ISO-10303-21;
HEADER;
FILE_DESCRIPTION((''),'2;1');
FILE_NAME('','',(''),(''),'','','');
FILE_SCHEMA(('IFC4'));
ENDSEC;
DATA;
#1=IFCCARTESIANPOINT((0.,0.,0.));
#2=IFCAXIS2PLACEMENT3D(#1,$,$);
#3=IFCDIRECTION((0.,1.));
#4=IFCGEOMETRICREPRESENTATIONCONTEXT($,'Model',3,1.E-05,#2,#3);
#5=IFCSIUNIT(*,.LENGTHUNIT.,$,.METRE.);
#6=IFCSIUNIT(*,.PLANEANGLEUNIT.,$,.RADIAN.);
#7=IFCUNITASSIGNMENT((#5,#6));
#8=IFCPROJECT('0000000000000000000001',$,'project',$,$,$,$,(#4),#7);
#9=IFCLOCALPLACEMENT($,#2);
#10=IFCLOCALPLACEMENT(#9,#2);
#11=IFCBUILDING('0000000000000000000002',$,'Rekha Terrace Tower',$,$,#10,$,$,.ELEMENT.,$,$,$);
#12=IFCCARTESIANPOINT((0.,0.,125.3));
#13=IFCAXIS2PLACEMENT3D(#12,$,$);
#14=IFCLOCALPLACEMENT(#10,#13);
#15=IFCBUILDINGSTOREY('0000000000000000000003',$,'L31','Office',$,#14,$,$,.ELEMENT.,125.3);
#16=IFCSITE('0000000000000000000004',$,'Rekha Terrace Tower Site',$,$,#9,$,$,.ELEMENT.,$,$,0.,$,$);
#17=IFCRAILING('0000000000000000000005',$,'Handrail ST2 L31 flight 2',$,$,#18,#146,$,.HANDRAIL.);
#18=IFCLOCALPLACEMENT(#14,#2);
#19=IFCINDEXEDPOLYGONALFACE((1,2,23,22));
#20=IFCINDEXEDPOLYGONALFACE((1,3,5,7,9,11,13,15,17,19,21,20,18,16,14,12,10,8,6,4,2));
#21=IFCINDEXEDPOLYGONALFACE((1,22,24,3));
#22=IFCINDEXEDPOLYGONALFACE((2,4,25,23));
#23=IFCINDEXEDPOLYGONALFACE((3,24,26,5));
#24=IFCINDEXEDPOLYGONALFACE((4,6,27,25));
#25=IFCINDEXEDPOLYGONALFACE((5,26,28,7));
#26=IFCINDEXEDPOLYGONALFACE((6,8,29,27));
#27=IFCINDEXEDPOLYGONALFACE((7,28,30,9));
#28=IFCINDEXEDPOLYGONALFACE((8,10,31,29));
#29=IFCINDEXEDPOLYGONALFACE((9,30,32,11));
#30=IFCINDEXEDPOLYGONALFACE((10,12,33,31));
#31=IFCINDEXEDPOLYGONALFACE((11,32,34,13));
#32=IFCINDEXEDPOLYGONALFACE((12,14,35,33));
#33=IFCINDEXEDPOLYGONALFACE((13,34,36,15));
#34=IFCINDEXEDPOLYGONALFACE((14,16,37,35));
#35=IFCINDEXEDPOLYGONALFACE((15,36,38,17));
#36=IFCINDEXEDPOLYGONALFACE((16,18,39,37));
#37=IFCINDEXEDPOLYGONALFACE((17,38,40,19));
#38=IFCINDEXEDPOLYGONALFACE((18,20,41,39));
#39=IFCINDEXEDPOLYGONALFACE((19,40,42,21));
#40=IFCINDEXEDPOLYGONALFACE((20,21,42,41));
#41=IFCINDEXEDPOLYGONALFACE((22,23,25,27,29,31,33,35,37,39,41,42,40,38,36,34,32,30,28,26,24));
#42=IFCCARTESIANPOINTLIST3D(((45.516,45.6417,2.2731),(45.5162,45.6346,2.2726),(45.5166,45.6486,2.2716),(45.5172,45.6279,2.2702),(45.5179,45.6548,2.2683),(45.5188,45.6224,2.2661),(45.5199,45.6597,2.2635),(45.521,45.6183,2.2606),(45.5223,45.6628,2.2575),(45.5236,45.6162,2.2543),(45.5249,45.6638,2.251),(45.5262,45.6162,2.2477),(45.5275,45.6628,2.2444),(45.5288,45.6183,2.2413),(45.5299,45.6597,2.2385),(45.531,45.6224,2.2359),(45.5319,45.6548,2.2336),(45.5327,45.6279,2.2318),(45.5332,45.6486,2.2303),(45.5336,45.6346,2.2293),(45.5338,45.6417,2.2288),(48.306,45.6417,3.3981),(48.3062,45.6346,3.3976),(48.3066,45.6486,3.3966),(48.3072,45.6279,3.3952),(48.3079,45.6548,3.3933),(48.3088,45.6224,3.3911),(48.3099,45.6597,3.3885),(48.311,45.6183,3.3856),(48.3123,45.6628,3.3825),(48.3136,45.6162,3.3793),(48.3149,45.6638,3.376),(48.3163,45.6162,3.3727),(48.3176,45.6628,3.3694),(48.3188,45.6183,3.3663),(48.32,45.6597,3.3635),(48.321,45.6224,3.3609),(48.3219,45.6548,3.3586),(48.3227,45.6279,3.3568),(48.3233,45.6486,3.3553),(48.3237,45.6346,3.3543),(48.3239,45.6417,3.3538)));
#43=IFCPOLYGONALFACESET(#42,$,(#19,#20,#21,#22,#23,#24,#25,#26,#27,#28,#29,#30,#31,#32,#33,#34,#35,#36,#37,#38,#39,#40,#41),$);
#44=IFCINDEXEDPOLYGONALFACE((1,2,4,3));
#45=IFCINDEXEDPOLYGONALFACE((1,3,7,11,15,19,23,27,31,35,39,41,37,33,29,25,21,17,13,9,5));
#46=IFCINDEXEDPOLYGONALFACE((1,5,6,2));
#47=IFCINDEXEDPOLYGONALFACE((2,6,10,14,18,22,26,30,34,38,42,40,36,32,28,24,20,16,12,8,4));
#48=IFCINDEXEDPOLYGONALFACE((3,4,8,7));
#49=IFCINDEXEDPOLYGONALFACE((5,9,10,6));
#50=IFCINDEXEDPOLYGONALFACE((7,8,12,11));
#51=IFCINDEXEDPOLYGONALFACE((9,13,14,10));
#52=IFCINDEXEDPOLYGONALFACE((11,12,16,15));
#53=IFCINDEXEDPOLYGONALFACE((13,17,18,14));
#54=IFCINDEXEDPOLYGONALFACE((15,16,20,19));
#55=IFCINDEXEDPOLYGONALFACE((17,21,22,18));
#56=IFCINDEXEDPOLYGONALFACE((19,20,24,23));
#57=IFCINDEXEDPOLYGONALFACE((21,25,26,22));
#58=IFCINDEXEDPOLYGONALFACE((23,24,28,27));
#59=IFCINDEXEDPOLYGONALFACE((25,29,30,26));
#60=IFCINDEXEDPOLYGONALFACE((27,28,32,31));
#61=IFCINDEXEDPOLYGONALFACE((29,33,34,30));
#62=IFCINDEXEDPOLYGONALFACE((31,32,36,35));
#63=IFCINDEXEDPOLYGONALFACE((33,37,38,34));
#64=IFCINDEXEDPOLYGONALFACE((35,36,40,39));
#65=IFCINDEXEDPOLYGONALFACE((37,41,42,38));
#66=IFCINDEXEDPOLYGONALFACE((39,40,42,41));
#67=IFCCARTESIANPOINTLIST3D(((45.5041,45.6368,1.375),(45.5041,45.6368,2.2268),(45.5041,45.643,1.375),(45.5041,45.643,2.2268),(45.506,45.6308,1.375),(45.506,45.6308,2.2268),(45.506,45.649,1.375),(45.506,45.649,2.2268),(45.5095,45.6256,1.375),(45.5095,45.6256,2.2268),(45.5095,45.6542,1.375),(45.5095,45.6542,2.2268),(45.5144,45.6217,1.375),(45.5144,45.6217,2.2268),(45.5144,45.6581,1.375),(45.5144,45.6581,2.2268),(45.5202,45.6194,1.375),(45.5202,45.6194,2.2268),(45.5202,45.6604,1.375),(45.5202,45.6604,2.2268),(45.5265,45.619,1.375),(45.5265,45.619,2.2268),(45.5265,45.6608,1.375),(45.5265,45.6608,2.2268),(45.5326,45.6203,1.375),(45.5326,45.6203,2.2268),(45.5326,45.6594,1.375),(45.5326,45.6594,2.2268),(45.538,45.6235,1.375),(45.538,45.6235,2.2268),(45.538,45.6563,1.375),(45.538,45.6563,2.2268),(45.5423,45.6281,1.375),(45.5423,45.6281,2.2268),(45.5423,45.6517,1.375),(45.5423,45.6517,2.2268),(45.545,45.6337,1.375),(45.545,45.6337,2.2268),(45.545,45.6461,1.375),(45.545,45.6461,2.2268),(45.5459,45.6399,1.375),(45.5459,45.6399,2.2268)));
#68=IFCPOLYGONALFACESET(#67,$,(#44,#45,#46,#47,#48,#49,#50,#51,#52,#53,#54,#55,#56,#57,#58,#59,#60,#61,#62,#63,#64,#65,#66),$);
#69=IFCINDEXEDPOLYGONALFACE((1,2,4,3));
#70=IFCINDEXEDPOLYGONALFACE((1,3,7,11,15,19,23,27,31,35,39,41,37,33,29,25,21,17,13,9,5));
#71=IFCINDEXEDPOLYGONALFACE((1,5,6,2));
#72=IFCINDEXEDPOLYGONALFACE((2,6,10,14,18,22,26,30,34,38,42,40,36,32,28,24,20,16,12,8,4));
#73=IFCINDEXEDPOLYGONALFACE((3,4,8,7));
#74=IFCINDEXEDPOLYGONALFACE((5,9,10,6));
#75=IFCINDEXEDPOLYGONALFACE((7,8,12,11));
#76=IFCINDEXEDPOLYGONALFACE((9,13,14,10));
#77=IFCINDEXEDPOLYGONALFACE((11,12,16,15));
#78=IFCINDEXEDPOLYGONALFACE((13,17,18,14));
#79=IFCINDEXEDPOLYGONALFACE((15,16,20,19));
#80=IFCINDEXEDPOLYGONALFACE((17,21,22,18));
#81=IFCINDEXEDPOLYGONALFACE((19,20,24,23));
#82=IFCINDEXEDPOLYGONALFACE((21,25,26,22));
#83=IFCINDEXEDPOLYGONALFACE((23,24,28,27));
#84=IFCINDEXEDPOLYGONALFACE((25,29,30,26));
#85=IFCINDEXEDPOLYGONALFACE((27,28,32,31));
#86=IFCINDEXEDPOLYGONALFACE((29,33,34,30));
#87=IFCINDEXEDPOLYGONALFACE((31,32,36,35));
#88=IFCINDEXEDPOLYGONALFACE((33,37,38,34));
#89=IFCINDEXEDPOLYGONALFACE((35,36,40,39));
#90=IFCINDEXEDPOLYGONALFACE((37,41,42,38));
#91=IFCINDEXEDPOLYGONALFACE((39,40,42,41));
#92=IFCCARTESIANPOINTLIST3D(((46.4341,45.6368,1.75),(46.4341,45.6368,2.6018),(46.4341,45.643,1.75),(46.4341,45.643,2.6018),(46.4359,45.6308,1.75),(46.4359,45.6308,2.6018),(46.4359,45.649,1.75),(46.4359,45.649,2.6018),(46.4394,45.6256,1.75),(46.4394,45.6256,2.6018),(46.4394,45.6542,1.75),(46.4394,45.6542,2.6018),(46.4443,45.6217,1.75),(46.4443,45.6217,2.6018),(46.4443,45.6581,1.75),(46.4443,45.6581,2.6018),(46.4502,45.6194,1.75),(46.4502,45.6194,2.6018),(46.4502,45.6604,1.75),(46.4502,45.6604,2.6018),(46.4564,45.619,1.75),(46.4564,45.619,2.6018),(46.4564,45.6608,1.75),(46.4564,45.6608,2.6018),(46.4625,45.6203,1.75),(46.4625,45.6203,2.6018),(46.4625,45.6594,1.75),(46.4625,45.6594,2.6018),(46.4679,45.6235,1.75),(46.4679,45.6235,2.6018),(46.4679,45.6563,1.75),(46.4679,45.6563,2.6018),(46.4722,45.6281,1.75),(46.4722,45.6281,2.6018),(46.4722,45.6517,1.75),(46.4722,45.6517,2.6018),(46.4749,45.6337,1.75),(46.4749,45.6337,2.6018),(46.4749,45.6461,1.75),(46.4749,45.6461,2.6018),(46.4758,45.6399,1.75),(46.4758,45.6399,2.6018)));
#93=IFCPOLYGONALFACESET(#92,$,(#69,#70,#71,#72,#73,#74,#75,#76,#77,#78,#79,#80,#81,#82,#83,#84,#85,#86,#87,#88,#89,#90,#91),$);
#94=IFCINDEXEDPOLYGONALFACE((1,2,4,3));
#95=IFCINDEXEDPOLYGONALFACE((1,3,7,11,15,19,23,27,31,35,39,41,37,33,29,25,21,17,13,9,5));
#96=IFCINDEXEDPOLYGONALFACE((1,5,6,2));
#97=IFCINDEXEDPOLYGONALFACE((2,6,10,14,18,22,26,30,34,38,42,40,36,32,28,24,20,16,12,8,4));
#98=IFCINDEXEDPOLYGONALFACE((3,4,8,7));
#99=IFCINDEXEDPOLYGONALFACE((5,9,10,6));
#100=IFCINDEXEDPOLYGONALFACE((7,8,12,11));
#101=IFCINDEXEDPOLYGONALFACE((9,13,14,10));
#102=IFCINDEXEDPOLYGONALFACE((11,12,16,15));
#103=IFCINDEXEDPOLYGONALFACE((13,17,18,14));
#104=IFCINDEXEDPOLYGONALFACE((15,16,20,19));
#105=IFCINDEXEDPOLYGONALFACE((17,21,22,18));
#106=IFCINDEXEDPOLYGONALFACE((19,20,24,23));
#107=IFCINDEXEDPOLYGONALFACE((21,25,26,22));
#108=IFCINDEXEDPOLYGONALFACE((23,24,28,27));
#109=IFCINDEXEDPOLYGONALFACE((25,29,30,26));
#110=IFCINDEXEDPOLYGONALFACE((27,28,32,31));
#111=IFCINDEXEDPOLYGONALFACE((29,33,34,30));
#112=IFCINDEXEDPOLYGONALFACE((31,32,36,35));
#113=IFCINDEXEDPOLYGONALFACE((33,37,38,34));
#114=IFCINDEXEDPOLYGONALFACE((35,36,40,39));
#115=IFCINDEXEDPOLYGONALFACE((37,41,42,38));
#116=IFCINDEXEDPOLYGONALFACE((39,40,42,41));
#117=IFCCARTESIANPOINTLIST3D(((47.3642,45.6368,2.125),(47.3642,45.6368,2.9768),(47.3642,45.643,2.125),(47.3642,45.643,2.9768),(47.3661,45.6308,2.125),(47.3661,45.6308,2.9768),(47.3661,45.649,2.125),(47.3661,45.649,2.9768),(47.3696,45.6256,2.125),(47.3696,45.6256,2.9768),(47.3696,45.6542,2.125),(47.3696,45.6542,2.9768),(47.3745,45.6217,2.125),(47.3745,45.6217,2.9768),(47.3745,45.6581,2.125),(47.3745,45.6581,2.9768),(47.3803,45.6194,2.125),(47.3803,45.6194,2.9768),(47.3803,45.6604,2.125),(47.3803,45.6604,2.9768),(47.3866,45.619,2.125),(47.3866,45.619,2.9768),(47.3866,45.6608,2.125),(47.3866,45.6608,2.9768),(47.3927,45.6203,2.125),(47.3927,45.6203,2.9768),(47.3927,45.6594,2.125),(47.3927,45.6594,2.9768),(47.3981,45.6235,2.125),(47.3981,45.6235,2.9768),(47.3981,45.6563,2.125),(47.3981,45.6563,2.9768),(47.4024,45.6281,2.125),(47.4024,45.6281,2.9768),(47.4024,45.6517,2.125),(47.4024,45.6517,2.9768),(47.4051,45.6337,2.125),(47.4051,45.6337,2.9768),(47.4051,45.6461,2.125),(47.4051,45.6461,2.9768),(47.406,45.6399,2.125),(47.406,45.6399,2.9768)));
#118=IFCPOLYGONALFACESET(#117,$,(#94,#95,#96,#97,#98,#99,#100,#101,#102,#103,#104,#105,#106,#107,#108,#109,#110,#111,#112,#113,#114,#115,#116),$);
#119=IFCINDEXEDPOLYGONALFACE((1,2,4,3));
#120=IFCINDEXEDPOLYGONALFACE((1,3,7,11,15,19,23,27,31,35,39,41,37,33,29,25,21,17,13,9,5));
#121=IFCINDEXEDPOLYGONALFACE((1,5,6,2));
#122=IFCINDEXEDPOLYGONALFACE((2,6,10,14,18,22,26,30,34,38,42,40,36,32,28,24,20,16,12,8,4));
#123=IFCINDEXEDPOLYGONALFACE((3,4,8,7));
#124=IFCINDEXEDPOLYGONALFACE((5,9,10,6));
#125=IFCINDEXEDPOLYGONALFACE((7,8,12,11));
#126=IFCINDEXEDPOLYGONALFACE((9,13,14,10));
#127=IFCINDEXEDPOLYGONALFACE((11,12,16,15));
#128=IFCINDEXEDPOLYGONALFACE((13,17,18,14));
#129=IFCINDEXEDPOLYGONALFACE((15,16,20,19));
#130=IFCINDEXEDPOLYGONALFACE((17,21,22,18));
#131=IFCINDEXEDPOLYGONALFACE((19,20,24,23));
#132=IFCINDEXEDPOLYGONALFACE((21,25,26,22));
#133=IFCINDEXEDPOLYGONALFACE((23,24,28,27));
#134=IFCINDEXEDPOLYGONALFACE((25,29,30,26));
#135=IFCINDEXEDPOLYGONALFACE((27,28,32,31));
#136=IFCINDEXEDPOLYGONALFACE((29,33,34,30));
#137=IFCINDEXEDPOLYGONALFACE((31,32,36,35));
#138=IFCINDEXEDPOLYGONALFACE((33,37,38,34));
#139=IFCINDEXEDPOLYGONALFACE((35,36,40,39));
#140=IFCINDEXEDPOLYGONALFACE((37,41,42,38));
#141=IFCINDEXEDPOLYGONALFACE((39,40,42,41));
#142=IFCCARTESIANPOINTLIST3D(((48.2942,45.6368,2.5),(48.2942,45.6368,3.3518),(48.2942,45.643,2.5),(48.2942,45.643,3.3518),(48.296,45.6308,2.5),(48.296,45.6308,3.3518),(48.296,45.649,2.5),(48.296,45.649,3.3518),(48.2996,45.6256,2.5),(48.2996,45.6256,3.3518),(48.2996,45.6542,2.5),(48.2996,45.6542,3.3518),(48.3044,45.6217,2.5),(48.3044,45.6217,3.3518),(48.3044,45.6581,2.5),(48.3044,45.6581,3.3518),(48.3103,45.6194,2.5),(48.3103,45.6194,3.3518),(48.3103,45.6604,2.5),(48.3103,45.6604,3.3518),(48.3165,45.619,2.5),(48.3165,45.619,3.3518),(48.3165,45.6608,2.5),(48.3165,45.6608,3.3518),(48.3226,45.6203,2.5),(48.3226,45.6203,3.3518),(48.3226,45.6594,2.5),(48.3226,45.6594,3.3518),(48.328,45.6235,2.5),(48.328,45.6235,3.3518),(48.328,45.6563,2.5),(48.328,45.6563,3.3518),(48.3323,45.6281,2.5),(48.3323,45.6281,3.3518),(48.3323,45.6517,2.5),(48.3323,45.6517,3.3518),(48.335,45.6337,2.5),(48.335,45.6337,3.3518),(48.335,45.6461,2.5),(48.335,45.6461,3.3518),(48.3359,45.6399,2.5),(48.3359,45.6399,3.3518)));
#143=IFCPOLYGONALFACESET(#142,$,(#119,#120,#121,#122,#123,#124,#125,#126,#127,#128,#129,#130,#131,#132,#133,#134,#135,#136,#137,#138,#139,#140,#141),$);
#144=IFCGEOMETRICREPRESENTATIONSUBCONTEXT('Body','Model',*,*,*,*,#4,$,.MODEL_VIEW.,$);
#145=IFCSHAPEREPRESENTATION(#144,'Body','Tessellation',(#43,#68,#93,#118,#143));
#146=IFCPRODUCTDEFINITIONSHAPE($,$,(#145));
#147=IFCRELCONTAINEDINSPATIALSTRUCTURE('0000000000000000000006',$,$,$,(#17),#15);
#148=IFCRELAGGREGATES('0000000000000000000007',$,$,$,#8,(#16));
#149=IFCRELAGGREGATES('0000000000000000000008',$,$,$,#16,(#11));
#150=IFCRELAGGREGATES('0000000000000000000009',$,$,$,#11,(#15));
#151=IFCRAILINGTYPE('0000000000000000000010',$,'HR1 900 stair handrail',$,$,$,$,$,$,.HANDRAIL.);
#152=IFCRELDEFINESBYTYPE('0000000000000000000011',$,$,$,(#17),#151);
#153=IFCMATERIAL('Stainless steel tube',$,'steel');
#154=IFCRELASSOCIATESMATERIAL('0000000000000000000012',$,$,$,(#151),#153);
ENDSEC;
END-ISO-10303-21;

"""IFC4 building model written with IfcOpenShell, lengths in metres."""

from ifc_helpers import new_model, si_unit, direction, frame, origin, origin_2d, place, context, subcontext, project, spatial, circle, extrude, material, type_object, element, save


model = new_model("IFC4")

# Units and contexts
model_context = context("Model", 3, precision=1e-05, world=origin(), true_north=direction((0.0, 1.0)))
body_context = subcontext(model_context, "Body", "Model", "MODEL_VIEW")
ifc_project = project(units=[si_unit("LENGTHUNIT", "METRE"), si_unit("PLANEANGLEUNIT", "RADIAN")], contexts=[model_context])

# Site, building, storey
site_placement = place(None, origin())
site = spatial("IfcSite", under=ifc_project, at=site_placement, Name="Rekha Terrace Tower Site", CompositionType="ELEMENT", RefElevation=0.0)
building_placement = place(site_placement, origin())
building = spatial("IfcBuilding", under=site, at=building_placement, Name="Rekha Terrace Tower", CompositionType="ELEMENT")
storey_placement = place(building_placement, frame((0.0, 0.0, 125.3)))
storey = spatial("IfcBuildingStorey", under=building, at=storey_placement, Name="L31", Description="Office", CompositionType="ELEMENT", Elevation=125.3)

# Railing
ifc_material_1 = material(Name="Stainless steel tube", Category="steel")
railing_type_1 = type_object("IfcRailingType", Name="HR1 900 stair handrail", PredefinedType="HANDRAIL", material=ifc_material_1)
railing_1_placement = place(storey_placement, frame((45.5249, 45.6399, 1.375)))
element("IfcRailing", 1, at=railing_1_placement, inside=storey, type_object=railing_type_1, Name="Handrail ST2 L31 flight 2", PredefinedType="HANDRAIL", context=body_context, shape_type="SweptSolid", body=[
    extrude(circle(Radius=0.0239, at=origin_2d()), frame((0.0, 0.0, 0.876), z_axis=(0.927443, 0.0, 0.373964), x_axis=(0.0, 1.0, 0.0)), (0.0, 0.0, 1.0), 3.0083),
    extrude(circle(Radius=0.021, at=origin_2d()), origin(), (0.0, 0.0, 1.0), 0.8518),
    extrude(circle(Radius=0.021, at=origin_2d()), frame((0.9299, 0.0, 0.375)), (0.0, 0.0, 1.0), 0.8518),
    extrude(circle(Radius=0.021, at=origin_2d()), frame((1.8601, 0.0, 0.75)), (0.0, 0.0, 1.0), 0.8518),
    extrude(circle(Radius=0.021, at=origin_2d()), frame((2.79, 0.0, 1.125)), (0.0, 0.0, 1.0), 0.8518),
])

save(model, "model.ifc")
